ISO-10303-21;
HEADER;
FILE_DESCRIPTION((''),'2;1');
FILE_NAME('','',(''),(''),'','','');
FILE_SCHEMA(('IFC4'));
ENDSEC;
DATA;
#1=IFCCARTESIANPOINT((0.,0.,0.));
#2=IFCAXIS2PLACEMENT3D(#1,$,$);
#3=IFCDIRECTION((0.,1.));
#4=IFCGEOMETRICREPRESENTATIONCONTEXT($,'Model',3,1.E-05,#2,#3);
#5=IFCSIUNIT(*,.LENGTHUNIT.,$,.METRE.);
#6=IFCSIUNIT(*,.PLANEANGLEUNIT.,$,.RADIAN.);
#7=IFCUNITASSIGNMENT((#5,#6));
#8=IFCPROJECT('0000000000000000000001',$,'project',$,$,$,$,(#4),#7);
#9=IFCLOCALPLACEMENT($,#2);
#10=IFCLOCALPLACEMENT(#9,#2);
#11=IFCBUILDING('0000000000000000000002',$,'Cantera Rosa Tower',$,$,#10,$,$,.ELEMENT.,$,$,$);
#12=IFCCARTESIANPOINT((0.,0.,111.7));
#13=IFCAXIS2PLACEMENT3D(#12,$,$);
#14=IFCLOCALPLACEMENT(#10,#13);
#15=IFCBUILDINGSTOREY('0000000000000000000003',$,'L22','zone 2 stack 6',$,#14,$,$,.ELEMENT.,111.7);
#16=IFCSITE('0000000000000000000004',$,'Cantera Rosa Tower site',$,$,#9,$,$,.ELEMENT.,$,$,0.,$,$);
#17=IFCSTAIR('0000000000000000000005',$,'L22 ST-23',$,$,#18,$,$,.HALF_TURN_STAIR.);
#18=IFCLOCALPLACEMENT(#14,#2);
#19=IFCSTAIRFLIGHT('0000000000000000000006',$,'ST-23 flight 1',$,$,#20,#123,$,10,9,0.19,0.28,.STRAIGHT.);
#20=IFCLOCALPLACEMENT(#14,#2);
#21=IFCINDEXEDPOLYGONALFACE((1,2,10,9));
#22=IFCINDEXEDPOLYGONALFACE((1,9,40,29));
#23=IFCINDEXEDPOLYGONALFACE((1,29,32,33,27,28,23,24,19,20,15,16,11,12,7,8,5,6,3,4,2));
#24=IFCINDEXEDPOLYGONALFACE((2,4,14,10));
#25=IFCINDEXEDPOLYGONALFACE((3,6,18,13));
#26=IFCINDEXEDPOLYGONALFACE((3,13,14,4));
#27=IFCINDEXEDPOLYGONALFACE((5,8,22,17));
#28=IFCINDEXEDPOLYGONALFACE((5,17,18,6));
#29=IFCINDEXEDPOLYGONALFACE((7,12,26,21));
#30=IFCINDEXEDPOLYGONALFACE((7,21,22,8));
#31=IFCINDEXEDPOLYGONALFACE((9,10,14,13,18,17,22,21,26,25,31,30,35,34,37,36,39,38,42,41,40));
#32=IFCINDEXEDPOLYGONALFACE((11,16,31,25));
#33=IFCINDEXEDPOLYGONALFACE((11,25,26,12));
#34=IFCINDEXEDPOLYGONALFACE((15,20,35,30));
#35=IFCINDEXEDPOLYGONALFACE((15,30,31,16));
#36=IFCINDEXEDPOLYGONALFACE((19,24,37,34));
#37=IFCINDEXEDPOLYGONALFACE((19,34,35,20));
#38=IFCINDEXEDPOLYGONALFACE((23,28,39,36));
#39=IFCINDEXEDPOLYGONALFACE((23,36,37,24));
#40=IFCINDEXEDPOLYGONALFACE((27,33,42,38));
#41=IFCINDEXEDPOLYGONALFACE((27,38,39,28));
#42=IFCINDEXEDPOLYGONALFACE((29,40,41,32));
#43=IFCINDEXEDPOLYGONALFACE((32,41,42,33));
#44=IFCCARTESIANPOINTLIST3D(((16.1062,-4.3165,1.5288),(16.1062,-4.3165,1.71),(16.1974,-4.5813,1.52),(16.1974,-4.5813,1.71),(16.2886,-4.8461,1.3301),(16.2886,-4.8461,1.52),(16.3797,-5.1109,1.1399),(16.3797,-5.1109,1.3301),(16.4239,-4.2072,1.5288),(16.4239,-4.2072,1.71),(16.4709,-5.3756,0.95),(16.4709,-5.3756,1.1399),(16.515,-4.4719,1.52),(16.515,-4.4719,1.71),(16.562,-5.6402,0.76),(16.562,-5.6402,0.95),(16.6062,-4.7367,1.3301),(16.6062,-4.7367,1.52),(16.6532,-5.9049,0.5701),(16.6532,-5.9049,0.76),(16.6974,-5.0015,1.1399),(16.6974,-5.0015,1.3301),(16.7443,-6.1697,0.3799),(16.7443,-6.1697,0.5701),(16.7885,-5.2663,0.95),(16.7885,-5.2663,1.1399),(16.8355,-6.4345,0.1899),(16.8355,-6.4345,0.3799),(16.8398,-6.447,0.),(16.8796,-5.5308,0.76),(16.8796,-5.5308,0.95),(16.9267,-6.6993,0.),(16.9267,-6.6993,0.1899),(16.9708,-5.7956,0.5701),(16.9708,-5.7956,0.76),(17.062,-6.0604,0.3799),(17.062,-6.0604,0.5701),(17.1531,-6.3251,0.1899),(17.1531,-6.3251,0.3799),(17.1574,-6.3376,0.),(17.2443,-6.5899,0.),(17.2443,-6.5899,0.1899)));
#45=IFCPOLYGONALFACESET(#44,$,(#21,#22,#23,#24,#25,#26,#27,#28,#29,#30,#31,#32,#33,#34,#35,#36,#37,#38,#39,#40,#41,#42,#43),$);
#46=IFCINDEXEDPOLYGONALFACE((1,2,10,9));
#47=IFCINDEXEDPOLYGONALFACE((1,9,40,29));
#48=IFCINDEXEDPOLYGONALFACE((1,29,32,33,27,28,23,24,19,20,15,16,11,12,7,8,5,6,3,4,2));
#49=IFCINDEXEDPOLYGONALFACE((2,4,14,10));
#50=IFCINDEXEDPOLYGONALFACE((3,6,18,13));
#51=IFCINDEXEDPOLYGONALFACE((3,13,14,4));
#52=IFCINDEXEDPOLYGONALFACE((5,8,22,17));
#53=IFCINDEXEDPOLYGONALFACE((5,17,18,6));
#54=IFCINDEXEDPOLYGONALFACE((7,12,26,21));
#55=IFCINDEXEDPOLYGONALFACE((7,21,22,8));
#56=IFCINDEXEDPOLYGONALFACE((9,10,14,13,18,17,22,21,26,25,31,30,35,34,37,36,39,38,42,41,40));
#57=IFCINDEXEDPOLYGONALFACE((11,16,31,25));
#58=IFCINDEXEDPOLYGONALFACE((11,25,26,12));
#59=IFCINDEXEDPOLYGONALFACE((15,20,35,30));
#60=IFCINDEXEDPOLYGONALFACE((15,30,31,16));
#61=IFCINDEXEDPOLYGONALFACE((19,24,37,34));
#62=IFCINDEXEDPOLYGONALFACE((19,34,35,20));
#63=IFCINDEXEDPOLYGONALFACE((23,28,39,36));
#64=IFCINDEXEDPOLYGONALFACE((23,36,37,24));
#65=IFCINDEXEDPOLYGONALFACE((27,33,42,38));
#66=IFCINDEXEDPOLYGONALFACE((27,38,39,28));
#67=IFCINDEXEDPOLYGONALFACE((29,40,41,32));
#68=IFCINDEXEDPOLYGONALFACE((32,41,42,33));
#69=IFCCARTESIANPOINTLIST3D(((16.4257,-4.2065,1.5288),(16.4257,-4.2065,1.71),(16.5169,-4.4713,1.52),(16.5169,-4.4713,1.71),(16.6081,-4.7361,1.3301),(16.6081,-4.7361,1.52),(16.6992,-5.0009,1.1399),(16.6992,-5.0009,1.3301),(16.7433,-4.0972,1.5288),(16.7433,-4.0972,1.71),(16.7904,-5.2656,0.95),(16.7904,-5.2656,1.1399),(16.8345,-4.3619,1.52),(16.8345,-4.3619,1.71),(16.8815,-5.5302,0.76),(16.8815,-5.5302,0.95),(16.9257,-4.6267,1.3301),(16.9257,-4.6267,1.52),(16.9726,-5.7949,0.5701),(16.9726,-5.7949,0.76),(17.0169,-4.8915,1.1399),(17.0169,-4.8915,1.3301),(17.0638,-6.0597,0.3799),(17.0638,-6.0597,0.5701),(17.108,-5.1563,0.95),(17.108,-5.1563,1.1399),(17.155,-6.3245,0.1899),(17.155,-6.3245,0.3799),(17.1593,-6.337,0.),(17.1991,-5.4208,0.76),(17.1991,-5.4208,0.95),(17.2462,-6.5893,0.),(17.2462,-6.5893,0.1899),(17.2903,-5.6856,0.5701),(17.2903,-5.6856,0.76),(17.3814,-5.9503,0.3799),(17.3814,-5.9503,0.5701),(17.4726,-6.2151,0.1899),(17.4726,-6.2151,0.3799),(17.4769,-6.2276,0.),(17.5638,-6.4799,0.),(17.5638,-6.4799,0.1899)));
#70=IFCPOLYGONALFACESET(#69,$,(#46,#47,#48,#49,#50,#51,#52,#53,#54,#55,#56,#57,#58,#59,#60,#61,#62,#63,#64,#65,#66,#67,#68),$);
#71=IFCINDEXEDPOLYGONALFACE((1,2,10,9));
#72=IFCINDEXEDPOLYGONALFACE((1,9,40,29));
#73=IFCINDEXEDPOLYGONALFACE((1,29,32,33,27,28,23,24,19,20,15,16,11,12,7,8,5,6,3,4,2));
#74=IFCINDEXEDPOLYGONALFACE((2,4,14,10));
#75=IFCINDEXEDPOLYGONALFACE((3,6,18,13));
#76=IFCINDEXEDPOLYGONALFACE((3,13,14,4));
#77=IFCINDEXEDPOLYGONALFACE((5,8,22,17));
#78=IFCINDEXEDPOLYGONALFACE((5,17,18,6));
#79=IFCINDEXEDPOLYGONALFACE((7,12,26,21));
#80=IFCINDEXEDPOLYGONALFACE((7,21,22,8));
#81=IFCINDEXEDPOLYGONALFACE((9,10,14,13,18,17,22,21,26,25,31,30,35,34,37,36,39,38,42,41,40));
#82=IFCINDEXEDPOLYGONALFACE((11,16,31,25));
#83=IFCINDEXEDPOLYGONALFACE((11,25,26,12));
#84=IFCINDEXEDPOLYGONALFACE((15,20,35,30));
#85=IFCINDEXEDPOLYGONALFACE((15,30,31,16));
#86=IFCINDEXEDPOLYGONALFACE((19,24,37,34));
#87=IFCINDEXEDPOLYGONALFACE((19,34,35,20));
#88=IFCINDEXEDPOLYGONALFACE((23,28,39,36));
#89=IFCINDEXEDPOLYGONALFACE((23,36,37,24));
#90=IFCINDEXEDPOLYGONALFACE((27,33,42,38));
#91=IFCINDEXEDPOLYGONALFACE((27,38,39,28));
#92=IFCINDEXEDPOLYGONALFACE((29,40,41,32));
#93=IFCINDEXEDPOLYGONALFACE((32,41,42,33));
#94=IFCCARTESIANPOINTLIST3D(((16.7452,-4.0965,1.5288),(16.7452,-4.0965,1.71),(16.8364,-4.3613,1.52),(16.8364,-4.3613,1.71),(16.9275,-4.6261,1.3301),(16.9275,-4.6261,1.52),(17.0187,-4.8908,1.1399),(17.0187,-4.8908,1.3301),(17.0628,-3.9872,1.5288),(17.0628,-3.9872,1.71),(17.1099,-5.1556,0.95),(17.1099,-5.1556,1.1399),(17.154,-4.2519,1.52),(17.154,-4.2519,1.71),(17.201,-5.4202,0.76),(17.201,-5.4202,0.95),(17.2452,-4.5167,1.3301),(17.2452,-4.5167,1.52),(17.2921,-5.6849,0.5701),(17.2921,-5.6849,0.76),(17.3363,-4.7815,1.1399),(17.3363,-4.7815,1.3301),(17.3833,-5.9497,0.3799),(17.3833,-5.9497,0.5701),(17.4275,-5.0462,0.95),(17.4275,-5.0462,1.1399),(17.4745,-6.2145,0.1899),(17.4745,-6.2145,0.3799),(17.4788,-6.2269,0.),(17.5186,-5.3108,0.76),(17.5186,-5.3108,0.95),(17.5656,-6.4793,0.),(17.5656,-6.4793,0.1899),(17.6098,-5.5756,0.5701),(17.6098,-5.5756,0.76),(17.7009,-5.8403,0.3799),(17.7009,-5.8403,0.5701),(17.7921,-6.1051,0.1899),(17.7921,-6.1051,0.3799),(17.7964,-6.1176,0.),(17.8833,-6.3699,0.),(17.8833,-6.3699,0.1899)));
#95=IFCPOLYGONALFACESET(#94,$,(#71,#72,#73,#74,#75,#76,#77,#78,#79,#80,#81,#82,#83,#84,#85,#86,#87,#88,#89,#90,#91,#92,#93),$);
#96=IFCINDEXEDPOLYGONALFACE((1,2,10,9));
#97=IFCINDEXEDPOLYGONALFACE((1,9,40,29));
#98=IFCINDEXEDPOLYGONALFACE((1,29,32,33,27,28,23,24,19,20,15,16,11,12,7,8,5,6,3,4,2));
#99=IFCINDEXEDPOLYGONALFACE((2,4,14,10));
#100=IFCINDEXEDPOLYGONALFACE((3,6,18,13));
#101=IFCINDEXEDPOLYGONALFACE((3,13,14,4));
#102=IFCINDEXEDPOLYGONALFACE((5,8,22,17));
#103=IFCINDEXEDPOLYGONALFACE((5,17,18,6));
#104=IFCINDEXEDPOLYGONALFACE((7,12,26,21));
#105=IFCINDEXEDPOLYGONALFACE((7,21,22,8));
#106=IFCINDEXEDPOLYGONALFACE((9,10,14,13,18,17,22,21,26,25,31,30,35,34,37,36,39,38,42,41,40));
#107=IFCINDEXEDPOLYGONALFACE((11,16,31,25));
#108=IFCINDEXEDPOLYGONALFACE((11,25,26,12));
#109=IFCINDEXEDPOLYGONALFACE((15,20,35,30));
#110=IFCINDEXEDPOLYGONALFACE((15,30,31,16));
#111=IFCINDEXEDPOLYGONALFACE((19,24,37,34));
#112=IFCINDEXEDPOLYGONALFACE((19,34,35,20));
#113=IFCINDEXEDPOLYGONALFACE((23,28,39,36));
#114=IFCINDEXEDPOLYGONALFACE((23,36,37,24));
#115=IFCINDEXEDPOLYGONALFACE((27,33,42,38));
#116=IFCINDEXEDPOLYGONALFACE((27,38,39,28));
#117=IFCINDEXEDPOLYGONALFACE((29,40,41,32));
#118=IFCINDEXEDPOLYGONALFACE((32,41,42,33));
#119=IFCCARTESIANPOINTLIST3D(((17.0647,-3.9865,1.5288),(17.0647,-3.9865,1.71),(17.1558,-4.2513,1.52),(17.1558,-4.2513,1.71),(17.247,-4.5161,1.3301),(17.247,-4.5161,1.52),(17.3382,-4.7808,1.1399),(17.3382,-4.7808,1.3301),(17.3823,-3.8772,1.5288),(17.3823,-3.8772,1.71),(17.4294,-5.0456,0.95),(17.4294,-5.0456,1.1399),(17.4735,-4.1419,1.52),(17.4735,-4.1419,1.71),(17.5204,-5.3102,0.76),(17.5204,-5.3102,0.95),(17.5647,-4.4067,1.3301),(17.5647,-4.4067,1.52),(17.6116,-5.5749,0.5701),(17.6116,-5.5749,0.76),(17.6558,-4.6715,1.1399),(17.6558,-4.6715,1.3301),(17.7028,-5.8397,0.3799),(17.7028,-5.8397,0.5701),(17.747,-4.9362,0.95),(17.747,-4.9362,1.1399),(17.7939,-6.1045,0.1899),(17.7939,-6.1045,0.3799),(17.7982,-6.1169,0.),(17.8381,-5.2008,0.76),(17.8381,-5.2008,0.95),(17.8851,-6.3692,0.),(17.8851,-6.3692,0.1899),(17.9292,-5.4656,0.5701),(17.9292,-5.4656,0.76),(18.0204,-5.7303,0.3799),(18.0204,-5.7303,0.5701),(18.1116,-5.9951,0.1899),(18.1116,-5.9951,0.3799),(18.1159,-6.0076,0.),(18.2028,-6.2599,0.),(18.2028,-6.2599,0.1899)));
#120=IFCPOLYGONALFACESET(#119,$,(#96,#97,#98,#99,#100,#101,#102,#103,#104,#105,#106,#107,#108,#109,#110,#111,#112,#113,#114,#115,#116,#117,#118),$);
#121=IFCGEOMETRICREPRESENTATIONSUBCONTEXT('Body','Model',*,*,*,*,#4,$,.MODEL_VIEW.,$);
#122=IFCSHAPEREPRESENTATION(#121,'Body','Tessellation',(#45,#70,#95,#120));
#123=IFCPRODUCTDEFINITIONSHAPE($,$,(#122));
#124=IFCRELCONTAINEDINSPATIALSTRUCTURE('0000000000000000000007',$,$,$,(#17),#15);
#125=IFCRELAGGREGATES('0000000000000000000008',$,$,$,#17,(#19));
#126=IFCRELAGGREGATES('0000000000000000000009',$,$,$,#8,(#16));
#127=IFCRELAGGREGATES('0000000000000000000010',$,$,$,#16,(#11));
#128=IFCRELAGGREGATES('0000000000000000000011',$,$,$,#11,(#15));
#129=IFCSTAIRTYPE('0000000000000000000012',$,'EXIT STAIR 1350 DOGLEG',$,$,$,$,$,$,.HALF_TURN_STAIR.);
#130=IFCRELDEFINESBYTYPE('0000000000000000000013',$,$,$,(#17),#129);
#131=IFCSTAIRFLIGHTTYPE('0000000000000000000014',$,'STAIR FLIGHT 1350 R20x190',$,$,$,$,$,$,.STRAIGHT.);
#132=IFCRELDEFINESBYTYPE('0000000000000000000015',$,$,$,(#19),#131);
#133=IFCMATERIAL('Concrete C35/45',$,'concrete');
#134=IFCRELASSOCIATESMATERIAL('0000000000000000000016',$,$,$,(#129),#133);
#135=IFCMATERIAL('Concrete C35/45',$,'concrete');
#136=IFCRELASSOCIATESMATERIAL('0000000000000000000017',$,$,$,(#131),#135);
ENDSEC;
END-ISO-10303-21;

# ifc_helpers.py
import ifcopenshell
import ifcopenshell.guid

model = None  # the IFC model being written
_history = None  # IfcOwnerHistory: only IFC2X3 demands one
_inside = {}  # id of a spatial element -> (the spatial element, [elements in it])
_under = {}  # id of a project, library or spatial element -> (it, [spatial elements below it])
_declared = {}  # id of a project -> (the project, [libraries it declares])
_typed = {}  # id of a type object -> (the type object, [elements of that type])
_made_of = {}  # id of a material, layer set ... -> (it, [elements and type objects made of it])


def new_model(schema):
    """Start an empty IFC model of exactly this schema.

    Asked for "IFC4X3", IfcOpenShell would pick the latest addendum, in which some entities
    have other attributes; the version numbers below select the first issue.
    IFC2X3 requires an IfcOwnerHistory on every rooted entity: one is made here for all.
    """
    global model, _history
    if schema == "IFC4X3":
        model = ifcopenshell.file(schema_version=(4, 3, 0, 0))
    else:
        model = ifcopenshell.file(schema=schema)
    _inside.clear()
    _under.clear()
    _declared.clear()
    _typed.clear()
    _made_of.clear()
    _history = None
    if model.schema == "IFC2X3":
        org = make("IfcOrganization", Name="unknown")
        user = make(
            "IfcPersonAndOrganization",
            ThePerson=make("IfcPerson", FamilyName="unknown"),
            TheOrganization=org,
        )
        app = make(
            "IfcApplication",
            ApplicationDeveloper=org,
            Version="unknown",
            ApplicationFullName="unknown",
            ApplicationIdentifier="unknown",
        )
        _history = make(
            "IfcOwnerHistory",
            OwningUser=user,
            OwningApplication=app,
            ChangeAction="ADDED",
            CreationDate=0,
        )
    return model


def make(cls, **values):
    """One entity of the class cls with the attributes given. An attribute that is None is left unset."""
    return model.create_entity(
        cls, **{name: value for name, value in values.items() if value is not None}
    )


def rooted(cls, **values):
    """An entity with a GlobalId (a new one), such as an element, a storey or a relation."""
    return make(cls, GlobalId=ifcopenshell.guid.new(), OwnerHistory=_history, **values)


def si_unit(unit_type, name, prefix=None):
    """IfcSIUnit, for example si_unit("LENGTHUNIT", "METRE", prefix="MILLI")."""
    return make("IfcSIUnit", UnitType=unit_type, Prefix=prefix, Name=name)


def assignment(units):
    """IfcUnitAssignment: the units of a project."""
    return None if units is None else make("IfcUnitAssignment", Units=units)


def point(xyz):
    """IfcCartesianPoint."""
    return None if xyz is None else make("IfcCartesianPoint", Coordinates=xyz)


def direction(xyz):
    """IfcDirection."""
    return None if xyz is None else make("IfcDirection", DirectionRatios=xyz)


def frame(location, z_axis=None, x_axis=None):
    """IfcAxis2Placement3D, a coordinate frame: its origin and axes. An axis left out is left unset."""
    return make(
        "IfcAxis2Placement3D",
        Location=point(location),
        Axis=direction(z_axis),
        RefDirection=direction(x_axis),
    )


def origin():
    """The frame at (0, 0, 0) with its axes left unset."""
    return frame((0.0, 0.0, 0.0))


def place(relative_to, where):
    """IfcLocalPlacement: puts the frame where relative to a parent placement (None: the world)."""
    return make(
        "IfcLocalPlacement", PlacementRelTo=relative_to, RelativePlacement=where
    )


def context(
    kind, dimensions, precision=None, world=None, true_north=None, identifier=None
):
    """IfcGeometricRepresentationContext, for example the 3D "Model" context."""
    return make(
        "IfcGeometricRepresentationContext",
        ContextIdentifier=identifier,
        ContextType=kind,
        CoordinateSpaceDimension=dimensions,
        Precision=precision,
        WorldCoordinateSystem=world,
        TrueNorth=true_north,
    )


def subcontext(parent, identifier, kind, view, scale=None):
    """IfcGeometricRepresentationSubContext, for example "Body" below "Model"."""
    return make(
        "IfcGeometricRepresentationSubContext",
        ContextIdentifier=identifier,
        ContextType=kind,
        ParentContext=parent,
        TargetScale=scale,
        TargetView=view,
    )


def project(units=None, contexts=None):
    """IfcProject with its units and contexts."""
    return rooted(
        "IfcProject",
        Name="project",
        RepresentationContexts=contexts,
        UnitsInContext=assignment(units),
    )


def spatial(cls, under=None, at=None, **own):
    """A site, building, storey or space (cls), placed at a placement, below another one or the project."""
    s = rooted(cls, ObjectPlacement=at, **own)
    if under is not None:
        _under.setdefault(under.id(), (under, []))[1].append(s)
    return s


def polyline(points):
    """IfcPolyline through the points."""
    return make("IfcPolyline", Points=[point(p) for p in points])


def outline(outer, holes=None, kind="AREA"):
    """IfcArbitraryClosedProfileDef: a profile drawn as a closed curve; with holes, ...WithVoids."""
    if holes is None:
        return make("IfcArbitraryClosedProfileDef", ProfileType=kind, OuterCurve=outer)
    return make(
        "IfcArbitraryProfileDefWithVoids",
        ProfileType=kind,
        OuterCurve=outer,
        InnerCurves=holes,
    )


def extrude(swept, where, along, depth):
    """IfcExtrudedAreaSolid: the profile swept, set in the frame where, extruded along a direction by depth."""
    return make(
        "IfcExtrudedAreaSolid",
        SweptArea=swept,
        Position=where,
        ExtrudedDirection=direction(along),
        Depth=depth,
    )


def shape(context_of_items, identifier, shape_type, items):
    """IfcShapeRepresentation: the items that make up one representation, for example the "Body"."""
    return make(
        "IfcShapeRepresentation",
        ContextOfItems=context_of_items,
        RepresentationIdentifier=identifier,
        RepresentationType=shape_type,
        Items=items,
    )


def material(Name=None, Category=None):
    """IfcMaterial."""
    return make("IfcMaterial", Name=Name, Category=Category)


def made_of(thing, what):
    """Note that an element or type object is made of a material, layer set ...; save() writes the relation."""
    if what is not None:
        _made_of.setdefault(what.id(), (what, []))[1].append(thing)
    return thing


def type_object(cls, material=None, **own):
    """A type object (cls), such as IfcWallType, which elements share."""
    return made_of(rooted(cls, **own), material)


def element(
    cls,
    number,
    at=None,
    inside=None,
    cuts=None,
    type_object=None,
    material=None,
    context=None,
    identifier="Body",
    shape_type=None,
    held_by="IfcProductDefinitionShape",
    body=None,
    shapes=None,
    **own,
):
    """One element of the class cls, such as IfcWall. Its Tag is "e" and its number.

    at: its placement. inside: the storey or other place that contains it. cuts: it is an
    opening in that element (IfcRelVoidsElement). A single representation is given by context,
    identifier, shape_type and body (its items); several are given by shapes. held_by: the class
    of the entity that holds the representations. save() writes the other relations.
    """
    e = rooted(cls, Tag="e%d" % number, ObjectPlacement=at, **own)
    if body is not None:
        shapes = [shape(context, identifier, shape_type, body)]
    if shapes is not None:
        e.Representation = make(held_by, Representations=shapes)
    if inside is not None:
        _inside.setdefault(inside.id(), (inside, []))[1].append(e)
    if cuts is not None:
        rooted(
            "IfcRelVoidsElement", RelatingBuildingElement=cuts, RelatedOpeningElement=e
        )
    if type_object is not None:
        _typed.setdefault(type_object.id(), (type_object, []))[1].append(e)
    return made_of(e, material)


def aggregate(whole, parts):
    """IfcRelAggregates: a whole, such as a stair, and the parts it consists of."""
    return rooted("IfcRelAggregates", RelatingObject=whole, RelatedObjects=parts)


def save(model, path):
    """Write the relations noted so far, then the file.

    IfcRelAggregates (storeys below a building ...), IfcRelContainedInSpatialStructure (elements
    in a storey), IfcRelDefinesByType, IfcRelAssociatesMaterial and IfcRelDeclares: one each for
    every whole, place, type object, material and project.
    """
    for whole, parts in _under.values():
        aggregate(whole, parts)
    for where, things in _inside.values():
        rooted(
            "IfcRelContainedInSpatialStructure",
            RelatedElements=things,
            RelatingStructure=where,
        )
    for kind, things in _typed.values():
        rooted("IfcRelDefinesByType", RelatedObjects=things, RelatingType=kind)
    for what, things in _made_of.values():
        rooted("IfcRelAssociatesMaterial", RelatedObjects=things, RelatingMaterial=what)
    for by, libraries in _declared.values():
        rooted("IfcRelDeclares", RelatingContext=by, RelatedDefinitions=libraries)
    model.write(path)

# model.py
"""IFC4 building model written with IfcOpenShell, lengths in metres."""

from ifc_helpers import new_model, si_unit, direction, frame, origin, place, context, subcontext, project, spatial, polyline, outline, extrude, material, type_object, element, aggregate, save


model = new_model("IFC4")

# Units and contexts
model_context = context("Model", 3, precision=1e-05, world=origin(), true_north=direction((0.0, 1.0)))
body_context = subcontext(model_context, "Body", "Model", "MODEL_VIEW")
ifc_project = project(units=[si_unit("LENGTHUNIT", "METRE"), si_unit("PLANEANGLEUNIT", "RADIAN")], contexts=[model_context])

# Site, building, storey
site_placement = place(None, origin())
site = spatial("IfcSite", under=ifc_project, at=site_placement, Name="Cantera Rosa Tower site", CompositionType="ELEMENT", RefElevation=0.0)
building_placement = place(site_placement, origin())
building = spatial("IfcBuilding", under=site, at=building_placement, Name="Cantera Rosa Tower", CompositionType="ELEMENT")
storey_placement = place(building_placement, frame((0.0, 0.0, 111.7)))
storey = spatial("IfcBuildingStorey", under=building, at=storey_placement, Name="L22", Description="zone 2 stack 6", CompositionType="ELEMENT", Elevation=111.7)

# Stair, stair flight
ifc_material_1 = material(Name="Concrete C35/45", Category="concrete")
stair_type = type_object("IfcStairType", Name="EXIT STAIR 1350 DOGLEG", PredefinedType="HALF_TURN_STAIR", material=ifc_material_1)
stair_placement = place(storey_placement, origin())
stair = element("IfcStair", 1, at=stair_placement, inside=storey, type_object=stair_type, Name="L22 ST-23", PredefinedType="HALF_TURN_STAIR")
ifc_material_2 = material(Name="Concrete C35/45", Category="concrete")
stair_flight_type = type_object("IfcStairFlightType", Name="STAIR FLIGHT 1350 R20x190", PredefinedType="STRAIGHT", material=ifc_material_2)
stair_flight_placement = place(storey_placement, frame((17.5649, -6.4795, 0.0), z_axis=(0.0, 0.0, 1.0), x_axis=(-0.325568, 0.945519, 0.0)))
stair_flight = element("IfcStairFlight", 2, at=stair_flight_placement, type_object=stair_flight_type, Name="ST-23 flight 1", NumberOfRisers=10, NumberOfTreads=9, PredefinedType="STRAIGHT", RiserHeight=0.19, TreadLength=0.28, context=body_context, shape_type="SweptSolid", body=[
    extrude(outline(polyline([(0.0, 0.0), (0.0, 0.1899), (0.28, 0.1899), (0.28, 0.3799), (0.5601, 0.3799), (0.5601, 0.5701), (0.8401, 0.5701), (0.8401, 0.76), (1.1201, 0.76), (1.1201, 0.95), (1.3999, 0.95), (1.3999, 1.1399), (1.6799, 1.1399), (1.6799, 1.3301), (1.96, 1.3301), (1.96, 1.52), (2.24, 1.52), (2.24, 1.71), (2.52, 1.71), (2.52, 1.8999), (2.52, 1.5288), (0.2668, 0.0), (0.0, 0.0)])), frame((0.0, 0.675, 0.0), z_axis=(0.0, -1.0, 0.0), x_axis=(1.0, 0.0, 0.0)), (0.0, 0.0, 1.0), 0.3359),
    extrude(outline(polyline([(0.0, 0.0), (0.0, 0.1899), (0.28, 0.1899), (0.28, 0.3799), (0.5601, 0.3799), (0.5601, 0.5701), (0.8401, 0.5701), (0.8401, 0.76), (1.1201, 0.76), (1.1201, 0.95), (1.3999, 0.95), (1.3999, 1.1399), (1.6799, 1.1399), (1.6799, 1.3301), (1.96, 1.3301), (1.96, 1.52), (2.24, 1.52), (2.24, 1.71), (2.52, 1.71), (2.52, 1.8999), (2.52, 1.5288), (0.2668, 0.0), (0.0, 0.0)])), frame((0.0, 0.3372, 0.0), z_axis=(0.0, -1.0, 0.0), x_axis=(1.0, 0.0, 0.0)), (0.0, 0.0, 1.0), 0.3359),
    extrude(outline(polyline([(0.0, 0.0), (0.0, 0.1899), (0.28, 0.1899), (0.28, 0.3799), (0.5601, 0.3799), (0.5601, 0.5701), (0.8401, 0.5701), (0.8401, 0.76), (1.1201, 0.76), (1.1201, 0.95), (1.3999, 0.95), (1.3999, 1.1399), (1.6799, 1.1399), (1.6799, 1.3301), (1.96, 1.3301), (1.96, 1.52), (2.24, 1.52), (2.24, 1.71), (2.52, 1.71), (2.52, 1.8999), (2.52, 1.5288), (0.2668, 0.0), (0.0, 0.0)])), frame((0.0, -0.0007, 0.0), z_axis=(0.0, -1.0, 0.0), x_axis=(1.0, 0.0, 0.0)), (0.0, 0.0, 1.0), 0.3359),
    extrude(outline(polyline([(0.0, 0.0), (0.0, 0.1899), (0.28, 0.1899), (0.28, 0.3799), (0.5601, 0.3799), (0.5601, 0.5701), (0.8401, 0.5701), (0.8401, 0.76), (1.1201, 0.76), (1.1201, 0.95), (1.3999, 0.95), (1.3999, 1.1399), (1.6799, 1.1399), (1.6799, 1.3301), (1.96, 1.3301), (1.96, 1.52), (2.24, 1.52), (2.24, 1.71), (2.52, 1.71), (2.52, 1.8999), (2.52, 1.5288), (0.2668, 0.0), (0.0, 0.0)])), frame((0.0, -0.3386, 0.0), z_axis=(0.0, -1.0, 0.0), x_axis=(1.0, 0.0, 0.0)), (0.0, 0.0, 1.0), 0.3359),
])
aggregate(stair, [stair_flight])

save(model, "model.ifc")
